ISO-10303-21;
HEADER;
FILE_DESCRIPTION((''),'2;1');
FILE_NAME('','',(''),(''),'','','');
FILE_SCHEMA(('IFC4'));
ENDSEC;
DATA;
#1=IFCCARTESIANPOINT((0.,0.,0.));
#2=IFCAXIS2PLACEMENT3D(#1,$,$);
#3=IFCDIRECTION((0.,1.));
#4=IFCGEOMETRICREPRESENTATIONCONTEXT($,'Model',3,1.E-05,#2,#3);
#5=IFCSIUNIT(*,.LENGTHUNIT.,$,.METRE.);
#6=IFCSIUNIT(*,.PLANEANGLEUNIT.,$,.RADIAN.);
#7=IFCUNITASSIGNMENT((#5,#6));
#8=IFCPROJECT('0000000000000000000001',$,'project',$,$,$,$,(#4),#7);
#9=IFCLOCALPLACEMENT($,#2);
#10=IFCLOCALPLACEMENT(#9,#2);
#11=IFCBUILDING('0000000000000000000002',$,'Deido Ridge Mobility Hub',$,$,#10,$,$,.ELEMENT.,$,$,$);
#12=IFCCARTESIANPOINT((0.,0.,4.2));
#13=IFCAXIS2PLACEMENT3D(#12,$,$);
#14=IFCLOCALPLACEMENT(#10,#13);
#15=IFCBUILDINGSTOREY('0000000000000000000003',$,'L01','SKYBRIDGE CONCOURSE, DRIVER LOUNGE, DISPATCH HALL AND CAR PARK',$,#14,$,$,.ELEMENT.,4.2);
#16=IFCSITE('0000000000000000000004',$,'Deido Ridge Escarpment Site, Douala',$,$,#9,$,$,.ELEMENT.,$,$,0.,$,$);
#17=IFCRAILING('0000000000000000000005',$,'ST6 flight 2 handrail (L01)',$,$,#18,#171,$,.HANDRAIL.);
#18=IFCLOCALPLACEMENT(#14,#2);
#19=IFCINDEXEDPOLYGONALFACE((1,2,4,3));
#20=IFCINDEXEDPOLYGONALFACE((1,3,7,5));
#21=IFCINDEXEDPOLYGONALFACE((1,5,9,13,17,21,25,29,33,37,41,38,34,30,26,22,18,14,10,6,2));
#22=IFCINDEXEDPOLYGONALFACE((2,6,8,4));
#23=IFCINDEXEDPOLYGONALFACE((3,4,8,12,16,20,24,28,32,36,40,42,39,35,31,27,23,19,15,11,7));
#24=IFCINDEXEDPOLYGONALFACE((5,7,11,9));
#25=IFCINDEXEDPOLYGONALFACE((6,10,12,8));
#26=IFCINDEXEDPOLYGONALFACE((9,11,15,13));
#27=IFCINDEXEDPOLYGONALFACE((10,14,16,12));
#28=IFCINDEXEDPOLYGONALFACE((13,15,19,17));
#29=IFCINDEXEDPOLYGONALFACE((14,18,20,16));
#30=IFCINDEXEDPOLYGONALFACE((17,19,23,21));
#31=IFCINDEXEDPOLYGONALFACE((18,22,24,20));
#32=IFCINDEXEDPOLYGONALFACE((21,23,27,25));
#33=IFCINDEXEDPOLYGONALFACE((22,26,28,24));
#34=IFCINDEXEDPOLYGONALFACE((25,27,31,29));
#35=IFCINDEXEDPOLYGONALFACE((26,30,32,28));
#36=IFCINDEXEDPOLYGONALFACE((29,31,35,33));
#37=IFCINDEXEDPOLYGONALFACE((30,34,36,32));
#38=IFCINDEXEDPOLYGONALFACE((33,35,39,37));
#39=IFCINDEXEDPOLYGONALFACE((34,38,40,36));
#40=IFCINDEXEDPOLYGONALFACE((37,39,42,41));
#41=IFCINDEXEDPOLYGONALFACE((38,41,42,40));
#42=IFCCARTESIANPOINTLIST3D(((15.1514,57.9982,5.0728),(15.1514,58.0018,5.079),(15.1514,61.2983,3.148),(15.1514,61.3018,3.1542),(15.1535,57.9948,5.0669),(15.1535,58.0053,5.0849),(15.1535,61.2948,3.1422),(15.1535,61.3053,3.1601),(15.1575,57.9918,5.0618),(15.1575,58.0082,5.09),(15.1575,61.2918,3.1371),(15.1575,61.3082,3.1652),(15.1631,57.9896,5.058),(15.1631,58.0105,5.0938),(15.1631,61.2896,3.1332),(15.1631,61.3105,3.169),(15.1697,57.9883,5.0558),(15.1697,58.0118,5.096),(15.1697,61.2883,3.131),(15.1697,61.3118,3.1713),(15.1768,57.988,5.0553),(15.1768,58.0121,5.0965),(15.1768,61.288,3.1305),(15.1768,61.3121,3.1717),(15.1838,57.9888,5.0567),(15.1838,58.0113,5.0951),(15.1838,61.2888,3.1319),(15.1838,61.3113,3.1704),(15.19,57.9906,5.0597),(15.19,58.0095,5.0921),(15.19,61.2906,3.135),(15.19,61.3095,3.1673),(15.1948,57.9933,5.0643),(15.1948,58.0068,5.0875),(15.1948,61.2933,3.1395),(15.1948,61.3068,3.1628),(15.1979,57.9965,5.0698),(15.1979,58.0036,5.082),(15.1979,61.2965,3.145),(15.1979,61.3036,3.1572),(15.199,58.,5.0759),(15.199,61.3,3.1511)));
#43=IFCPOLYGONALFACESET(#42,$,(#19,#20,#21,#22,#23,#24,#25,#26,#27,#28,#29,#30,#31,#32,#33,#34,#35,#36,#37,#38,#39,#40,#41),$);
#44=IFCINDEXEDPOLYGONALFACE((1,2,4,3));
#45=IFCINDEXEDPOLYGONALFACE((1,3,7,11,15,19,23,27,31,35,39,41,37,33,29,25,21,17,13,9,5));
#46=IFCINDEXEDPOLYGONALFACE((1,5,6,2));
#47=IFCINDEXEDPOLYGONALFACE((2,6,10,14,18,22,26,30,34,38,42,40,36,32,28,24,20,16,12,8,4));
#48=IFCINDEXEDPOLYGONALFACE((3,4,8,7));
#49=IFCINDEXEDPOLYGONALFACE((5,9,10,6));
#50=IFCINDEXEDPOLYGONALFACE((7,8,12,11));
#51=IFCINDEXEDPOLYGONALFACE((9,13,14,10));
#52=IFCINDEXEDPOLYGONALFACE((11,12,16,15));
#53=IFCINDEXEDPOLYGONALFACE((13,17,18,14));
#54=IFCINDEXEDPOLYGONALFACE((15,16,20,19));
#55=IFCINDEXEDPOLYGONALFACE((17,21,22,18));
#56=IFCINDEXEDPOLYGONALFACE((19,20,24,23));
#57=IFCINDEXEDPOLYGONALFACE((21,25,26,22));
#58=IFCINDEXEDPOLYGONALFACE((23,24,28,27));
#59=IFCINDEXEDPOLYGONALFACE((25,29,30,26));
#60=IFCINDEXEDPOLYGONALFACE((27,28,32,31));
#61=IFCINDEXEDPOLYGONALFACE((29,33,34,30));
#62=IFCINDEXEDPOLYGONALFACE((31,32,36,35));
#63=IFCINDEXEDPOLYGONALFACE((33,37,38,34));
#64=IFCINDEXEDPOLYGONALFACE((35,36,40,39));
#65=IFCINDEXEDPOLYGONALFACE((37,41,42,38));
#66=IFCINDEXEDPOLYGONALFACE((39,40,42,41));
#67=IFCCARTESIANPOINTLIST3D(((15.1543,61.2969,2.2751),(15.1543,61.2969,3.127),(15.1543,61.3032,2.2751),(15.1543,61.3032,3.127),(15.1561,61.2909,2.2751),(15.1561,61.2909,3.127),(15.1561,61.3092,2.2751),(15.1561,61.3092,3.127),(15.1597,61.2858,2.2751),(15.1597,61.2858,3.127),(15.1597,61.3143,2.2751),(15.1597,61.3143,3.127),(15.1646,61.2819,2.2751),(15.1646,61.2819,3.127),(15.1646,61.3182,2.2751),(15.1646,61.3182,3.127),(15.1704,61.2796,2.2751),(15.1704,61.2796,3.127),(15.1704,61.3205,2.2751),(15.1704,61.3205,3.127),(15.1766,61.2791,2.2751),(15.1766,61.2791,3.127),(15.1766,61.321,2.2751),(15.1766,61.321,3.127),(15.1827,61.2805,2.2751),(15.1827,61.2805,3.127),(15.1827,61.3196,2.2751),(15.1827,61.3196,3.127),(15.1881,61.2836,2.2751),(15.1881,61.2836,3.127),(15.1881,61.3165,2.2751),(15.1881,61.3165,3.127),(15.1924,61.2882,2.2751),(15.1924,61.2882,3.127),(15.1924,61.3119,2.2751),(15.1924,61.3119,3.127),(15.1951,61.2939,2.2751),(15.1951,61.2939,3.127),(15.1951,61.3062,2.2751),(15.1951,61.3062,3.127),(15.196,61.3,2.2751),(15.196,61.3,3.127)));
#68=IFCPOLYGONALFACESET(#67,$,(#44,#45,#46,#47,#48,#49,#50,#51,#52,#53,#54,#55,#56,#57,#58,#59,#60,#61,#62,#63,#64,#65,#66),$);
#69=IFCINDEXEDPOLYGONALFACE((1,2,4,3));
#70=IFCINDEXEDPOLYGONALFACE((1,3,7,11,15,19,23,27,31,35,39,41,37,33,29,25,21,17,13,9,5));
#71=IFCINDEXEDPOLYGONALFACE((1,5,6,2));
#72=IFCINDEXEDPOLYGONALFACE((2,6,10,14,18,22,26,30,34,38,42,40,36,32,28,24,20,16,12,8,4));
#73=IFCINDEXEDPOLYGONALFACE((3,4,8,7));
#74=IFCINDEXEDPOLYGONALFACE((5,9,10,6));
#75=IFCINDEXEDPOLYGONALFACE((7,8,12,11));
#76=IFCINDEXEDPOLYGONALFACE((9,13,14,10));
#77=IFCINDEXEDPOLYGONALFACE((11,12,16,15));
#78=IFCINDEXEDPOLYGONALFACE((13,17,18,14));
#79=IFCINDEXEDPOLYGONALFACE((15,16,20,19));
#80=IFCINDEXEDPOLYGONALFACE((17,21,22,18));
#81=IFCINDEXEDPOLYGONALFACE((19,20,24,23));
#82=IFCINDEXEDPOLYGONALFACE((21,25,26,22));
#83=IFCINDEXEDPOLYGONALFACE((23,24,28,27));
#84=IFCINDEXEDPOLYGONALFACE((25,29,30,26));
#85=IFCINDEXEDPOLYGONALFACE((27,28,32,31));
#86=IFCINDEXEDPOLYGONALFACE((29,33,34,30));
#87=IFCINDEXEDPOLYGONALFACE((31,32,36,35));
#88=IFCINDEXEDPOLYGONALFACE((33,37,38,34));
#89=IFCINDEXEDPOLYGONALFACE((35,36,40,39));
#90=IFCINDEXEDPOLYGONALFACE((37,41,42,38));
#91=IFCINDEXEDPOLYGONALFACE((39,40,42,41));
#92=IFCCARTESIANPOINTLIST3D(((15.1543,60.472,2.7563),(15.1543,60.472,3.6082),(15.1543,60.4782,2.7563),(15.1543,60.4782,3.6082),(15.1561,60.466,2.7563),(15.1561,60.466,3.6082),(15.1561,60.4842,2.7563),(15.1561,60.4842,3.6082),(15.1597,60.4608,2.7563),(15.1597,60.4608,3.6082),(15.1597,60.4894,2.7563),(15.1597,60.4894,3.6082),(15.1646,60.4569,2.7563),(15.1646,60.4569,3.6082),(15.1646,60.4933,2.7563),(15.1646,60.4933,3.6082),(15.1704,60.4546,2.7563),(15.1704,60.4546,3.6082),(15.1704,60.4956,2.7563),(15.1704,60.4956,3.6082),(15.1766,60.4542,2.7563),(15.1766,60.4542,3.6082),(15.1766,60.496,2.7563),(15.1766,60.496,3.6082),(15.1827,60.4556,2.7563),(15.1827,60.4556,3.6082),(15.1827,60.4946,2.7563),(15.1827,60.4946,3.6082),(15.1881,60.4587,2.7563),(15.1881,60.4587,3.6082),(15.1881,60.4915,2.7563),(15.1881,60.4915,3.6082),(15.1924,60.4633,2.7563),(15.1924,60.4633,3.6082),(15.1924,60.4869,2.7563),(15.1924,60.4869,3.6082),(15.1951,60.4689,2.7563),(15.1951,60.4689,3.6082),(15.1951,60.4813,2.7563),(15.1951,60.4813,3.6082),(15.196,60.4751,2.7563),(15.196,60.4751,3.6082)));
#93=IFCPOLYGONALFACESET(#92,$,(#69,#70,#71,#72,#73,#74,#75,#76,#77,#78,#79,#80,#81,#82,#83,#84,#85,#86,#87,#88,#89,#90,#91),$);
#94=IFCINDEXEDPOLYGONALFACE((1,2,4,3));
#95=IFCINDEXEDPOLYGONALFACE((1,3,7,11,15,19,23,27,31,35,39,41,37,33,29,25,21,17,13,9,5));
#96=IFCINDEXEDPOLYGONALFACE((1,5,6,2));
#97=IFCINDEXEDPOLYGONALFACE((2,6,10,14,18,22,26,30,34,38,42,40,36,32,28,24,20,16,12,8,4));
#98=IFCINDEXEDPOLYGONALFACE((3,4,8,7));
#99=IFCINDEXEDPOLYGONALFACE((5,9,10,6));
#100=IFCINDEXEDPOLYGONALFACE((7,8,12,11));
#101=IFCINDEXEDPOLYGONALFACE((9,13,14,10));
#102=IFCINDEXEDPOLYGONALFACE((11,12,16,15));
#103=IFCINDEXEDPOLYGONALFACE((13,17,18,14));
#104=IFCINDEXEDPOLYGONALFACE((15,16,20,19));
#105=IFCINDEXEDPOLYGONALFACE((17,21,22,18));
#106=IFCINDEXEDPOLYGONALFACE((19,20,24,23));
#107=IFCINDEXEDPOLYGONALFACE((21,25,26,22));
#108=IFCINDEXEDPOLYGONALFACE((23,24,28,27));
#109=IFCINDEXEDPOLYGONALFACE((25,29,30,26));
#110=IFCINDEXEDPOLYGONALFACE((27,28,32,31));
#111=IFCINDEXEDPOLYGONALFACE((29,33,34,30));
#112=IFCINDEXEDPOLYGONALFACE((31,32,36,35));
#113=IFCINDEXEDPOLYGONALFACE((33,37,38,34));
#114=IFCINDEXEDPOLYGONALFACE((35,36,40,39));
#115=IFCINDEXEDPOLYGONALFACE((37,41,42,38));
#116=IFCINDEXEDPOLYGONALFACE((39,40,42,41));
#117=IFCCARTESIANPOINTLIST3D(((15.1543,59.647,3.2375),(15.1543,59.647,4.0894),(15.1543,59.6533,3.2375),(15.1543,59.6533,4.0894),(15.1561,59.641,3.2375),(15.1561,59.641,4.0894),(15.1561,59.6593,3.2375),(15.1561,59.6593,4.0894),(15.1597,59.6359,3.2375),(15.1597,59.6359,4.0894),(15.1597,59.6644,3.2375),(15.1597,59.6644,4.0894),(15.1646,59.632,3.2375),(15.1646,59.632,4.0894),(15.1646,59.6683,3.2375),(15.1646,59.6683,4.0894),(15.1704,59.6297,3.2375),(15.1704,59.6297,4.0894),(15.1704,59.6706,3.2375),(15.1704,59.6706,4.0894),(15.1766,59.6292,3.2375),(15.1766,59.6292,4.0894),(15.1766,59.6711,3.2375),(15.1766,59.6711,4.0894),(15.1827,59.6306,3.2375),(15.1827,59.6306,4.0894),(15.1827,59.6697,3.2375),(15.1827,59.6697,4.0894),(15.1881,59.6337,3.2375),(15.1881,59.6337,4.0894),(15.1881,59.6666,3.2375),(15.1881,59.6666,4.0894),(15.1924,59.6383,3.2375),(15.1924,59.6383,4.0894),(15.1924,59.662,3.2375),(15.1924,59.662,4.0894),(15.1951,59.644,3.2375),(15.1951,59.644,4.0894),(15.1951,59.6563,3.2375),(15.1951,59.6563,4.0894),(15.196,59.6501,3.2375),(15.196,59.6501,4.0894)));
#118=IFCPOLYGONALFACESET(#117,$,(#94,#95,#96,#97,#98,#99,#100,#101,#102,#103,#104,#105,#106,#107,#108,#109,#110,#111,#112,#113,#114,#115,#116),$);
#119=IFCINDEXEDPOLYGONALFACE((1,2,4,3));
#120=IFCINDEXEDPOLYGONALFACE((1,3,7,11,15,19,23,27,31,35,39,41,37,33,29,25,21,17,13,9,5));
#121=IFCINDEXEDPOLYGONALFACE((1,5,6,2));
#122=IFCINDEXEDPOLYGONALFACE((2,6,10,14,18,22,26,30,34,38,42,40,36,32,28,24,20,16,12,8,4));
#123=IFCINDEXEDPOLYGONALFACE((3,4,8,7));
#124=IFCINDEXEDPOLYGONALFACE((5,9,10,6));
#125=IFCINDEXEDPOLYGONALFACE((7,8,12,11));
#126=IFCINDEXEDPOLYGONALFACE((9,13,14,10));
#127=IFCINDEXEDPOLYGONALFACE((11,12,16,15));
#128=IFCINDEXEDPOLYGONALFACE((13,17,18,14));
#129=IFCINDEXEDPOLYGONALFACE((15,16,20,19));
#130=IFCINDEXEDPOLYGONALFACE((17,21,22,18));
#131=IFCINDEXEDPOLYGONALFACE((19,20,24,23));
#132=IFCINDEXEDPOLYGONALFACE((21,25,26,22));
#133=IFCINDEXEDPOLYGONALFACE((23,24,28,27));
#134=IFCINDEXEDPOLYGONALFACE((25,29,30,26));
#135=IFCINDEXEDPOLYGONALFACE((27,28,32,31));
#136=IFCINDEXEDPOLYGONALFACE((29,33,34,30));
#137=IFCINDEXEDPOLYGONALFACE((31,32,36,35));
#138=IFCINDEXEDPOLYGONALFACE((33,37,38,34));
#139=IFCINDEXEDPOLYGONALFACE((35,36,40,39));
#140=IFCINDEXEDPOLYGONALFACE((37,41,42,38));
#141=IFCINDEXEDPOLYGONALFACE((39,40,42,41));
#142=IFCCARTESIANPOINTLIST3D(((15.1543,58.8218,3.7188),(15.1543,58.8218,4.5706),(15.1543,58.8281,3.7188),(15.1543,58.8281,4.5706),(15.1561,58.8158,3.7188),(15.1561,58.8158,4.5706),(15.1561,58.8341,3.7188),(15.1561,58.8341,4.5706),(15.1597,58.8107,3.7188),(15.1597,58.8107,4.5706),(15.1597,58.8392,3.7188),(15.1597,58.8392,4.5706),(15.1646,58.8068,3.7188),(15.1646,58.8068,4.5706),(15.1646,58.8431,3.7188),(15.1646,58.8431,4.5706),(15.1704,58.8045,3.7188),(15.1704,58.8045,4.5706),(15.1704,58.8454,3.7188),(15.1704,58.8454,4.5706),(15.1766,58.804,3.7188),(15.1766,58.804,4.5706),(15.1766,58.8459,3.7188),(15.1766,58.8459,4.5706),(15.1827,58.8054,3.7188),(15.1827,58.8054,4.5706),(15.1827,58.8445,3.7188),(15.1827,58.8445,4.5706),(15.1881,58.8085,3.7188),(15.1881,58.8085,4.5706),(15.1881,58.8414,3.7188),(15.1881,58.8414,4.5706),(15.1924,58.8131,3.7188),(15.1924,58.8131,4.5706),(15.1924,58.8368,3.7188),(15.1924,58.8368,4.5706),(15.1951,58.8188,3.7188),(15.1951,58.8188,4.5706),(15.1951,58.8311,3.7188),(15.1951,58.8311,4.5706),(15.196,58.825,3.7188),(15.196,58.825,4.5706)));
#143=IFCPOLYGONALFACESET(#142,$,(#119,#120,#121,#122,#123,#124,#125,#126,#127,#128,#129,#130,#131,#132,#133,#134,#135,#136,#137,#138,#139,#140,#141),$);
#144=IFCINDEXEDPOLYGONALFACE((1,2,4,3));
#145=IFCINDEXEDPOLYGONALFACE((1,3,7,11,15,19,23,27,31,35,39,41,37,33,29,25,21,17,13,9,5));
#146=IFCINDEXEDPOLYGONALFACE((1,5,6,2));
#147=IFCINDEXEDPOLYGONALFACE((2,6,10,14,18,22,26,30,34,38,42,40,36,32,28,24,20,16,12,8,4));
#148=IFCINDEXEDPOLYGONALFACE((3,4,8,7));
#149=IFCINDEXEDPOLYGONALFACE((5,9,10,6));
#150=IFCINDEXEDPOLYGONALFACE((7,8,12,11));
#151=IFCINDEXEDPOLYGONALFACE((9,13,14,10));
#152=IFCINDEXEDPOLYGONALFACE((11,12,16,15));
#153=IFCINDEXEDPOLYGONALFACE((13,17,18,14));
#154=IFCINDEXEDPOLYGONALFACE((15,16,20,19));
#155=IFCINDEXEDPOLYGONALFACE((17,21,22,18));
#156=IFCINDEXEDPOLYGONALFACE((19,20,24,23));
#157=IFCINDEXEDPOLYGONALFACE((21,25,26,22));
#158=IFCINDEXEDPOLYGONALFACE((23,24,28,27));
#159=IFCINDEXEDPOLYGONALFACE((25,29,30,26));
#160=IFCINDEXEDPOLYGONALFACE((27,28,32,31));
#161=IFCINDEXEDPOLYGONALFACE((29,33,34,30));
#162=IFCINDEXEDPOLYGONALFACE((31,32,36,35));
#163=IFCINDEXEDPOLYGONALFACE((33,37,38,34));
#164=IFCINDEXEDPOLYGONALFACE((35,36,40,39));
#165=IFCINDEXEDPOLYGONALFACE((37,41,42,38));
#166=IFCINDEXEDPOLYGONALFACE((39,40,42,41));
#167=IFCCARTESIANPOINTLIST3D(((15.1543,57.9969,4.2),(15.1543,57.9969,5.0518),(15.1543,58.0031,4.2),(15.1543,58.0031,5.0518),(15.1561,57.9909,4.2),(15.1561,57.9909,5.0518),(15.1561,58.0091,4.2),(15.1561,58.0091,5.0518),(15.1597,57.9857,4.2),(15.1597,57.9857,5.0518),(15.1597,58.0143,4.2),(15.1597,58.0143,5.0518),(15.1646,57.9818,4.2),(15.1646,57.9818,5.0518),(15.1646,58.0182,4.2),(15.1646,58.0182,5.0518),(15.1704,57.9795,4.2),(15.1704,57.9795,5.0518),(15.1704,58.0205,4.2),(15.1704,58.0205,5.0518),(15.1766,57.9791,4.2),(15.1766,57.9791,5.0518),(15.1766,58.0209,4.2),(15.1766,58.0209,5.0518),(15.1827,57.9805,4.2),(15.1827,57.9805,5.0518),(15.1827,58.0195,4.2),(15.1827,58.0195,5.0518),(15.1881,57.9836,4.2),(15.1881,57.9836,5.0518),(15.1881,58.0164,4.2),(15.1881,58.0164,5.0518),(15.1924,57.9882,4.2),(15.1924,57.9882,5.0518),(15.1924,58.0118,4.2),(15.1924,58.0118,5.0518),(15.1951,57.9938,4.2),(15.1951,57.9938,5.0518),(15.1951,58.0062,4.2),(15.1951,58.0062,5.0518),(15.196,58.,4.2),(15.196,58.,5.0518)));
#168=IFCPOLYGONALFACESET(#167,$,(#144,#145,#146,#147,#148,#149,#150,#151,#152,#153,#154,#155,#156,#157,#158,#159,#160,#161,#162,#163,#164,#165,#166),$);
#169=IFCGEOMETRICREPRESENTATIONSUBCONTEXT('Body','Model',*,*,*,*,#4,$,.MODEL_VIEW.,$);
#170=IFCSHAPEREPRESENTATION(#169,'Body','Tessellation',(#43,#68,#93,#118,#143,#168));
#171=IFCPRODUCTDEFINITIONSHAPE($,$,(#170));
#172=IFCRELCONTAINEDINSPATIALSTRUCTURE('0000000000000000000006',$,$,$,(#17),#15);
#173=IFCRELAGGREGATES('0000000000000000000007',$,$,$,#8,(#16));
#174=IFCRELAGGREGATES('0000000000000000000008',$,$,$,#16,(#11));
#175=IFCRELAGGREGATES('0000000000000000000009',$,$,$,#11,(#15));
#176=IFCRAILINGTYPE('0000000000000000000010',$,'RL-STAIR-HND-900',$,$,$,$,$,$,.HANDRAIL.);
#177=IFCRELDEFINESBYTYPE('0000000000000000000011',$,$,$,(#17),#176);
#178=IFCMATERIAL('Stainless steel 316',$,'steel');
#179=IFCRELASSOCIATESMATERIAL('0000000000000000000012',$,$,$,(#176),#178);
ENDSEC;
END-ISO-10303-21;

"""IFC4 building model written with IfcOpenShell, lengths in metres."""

from ifc_helpers import new_model, si_unit, direction, frame, origin, origin_2d, place, context, subcontext, project, spatial, circle, extrude, material, type_object, element, save


model = new_model("IFC4")

# Units and contexts
model_context = context("Model", 3, precision=1e-05, world=origin(), true_north=direction((0.0, 1.0)))
body_context = subcontext(model_context, "Body", "Model", "MODEL_VIEW")
ifc_project = project(units=[si_unit("LENGTHUNIT", "METRE"), si_unit("PLANEANGLEUNIT", "RADIAN")], contexts=[model_context])

# Site, building, storey
site_placement = place(None, origin())
site = spatial("IfcSite", under=ifc_project, at=site_placement, Name="Deido Ridge Escarpment Site, Douala", CompositionType="ELEMENT", RefElevation=0.0)
building_placement = place(site_placement, origin())
building = spatial("IfcBuilding", under=site, at=building_placement, Name="Deido Ridge Mobility Hub", CompositionType="ELEMENT")
storey_placement = place(building_placement, frame((0.0, 0.0, 4.2)))
storey = spatial("IfcBuildingStorey", under=building, at=storey_placement, Name="L01", Description="SKYBRIDGE CONCOURSE, DRIVER LOUNGE, DISPATCH HALL AND CAR PARK", CompositionType="ELEMENT", Elevation=4.2)

# Shared definitions
ifc_material_1 = material(Name="Stainless steel 316", Category="steel")

# Railing
railing_type_1 = type_object("IfcRailingType", Name="RL-STAIR-HND-900", PredefinedType="HANDRAIL", material=ifc_material_1)
railing_1_placement = place(storey_placement, frame((15.175, 61.3, 2.2751)))
element("IfcRailing", 1, at=railing_1_placement, inside=storey, type_object=railing_type_1, Name="ST6 flight 2 handrail (L01)", PredefinedType="HANDRAIL", context=body_context, shape_type="SweptSolid", body=[
    extrude(circle(Radius=0.0239, at=origin_2d()), frame((0.0, 0.0, 0.876), z_axis=(0.0, -0.863804, 0.503827), x_axis=(1.0, 0.0, 0.0)), (0.0, 0.0, 1.0), 3.8203),
    extrude(circle(Radius=0.021, at=origin_2d()), origin(), (0.0, 0.0, 1.0), 0.8518),
    extrude(circle(Radius=0.021, at=origin_2d()), frame((0.0, -0.825, 0.4812)), (0.0, 0.0, 1.0), 0.8518),
    extrude(circle(Radius=0.021, at=origin_2d()), frame((0.0, -1.6499, 0.9624)), (0.0, 0.0, 1.0), 0.8518),
    extrude(circle(Radius=0.021, at=origin_2d()), frame((0.0, -2.4751, 1.4436)), (0.0, 0.0, 1.0), 0.8518),
    extrude(circle(Radius=0.021, at=origin_2d()), frame((0.0, -3.3, 1.9248)), (0.0, 0.0, 1.0), 0.8518),
])

save(model, "model.ifc")
